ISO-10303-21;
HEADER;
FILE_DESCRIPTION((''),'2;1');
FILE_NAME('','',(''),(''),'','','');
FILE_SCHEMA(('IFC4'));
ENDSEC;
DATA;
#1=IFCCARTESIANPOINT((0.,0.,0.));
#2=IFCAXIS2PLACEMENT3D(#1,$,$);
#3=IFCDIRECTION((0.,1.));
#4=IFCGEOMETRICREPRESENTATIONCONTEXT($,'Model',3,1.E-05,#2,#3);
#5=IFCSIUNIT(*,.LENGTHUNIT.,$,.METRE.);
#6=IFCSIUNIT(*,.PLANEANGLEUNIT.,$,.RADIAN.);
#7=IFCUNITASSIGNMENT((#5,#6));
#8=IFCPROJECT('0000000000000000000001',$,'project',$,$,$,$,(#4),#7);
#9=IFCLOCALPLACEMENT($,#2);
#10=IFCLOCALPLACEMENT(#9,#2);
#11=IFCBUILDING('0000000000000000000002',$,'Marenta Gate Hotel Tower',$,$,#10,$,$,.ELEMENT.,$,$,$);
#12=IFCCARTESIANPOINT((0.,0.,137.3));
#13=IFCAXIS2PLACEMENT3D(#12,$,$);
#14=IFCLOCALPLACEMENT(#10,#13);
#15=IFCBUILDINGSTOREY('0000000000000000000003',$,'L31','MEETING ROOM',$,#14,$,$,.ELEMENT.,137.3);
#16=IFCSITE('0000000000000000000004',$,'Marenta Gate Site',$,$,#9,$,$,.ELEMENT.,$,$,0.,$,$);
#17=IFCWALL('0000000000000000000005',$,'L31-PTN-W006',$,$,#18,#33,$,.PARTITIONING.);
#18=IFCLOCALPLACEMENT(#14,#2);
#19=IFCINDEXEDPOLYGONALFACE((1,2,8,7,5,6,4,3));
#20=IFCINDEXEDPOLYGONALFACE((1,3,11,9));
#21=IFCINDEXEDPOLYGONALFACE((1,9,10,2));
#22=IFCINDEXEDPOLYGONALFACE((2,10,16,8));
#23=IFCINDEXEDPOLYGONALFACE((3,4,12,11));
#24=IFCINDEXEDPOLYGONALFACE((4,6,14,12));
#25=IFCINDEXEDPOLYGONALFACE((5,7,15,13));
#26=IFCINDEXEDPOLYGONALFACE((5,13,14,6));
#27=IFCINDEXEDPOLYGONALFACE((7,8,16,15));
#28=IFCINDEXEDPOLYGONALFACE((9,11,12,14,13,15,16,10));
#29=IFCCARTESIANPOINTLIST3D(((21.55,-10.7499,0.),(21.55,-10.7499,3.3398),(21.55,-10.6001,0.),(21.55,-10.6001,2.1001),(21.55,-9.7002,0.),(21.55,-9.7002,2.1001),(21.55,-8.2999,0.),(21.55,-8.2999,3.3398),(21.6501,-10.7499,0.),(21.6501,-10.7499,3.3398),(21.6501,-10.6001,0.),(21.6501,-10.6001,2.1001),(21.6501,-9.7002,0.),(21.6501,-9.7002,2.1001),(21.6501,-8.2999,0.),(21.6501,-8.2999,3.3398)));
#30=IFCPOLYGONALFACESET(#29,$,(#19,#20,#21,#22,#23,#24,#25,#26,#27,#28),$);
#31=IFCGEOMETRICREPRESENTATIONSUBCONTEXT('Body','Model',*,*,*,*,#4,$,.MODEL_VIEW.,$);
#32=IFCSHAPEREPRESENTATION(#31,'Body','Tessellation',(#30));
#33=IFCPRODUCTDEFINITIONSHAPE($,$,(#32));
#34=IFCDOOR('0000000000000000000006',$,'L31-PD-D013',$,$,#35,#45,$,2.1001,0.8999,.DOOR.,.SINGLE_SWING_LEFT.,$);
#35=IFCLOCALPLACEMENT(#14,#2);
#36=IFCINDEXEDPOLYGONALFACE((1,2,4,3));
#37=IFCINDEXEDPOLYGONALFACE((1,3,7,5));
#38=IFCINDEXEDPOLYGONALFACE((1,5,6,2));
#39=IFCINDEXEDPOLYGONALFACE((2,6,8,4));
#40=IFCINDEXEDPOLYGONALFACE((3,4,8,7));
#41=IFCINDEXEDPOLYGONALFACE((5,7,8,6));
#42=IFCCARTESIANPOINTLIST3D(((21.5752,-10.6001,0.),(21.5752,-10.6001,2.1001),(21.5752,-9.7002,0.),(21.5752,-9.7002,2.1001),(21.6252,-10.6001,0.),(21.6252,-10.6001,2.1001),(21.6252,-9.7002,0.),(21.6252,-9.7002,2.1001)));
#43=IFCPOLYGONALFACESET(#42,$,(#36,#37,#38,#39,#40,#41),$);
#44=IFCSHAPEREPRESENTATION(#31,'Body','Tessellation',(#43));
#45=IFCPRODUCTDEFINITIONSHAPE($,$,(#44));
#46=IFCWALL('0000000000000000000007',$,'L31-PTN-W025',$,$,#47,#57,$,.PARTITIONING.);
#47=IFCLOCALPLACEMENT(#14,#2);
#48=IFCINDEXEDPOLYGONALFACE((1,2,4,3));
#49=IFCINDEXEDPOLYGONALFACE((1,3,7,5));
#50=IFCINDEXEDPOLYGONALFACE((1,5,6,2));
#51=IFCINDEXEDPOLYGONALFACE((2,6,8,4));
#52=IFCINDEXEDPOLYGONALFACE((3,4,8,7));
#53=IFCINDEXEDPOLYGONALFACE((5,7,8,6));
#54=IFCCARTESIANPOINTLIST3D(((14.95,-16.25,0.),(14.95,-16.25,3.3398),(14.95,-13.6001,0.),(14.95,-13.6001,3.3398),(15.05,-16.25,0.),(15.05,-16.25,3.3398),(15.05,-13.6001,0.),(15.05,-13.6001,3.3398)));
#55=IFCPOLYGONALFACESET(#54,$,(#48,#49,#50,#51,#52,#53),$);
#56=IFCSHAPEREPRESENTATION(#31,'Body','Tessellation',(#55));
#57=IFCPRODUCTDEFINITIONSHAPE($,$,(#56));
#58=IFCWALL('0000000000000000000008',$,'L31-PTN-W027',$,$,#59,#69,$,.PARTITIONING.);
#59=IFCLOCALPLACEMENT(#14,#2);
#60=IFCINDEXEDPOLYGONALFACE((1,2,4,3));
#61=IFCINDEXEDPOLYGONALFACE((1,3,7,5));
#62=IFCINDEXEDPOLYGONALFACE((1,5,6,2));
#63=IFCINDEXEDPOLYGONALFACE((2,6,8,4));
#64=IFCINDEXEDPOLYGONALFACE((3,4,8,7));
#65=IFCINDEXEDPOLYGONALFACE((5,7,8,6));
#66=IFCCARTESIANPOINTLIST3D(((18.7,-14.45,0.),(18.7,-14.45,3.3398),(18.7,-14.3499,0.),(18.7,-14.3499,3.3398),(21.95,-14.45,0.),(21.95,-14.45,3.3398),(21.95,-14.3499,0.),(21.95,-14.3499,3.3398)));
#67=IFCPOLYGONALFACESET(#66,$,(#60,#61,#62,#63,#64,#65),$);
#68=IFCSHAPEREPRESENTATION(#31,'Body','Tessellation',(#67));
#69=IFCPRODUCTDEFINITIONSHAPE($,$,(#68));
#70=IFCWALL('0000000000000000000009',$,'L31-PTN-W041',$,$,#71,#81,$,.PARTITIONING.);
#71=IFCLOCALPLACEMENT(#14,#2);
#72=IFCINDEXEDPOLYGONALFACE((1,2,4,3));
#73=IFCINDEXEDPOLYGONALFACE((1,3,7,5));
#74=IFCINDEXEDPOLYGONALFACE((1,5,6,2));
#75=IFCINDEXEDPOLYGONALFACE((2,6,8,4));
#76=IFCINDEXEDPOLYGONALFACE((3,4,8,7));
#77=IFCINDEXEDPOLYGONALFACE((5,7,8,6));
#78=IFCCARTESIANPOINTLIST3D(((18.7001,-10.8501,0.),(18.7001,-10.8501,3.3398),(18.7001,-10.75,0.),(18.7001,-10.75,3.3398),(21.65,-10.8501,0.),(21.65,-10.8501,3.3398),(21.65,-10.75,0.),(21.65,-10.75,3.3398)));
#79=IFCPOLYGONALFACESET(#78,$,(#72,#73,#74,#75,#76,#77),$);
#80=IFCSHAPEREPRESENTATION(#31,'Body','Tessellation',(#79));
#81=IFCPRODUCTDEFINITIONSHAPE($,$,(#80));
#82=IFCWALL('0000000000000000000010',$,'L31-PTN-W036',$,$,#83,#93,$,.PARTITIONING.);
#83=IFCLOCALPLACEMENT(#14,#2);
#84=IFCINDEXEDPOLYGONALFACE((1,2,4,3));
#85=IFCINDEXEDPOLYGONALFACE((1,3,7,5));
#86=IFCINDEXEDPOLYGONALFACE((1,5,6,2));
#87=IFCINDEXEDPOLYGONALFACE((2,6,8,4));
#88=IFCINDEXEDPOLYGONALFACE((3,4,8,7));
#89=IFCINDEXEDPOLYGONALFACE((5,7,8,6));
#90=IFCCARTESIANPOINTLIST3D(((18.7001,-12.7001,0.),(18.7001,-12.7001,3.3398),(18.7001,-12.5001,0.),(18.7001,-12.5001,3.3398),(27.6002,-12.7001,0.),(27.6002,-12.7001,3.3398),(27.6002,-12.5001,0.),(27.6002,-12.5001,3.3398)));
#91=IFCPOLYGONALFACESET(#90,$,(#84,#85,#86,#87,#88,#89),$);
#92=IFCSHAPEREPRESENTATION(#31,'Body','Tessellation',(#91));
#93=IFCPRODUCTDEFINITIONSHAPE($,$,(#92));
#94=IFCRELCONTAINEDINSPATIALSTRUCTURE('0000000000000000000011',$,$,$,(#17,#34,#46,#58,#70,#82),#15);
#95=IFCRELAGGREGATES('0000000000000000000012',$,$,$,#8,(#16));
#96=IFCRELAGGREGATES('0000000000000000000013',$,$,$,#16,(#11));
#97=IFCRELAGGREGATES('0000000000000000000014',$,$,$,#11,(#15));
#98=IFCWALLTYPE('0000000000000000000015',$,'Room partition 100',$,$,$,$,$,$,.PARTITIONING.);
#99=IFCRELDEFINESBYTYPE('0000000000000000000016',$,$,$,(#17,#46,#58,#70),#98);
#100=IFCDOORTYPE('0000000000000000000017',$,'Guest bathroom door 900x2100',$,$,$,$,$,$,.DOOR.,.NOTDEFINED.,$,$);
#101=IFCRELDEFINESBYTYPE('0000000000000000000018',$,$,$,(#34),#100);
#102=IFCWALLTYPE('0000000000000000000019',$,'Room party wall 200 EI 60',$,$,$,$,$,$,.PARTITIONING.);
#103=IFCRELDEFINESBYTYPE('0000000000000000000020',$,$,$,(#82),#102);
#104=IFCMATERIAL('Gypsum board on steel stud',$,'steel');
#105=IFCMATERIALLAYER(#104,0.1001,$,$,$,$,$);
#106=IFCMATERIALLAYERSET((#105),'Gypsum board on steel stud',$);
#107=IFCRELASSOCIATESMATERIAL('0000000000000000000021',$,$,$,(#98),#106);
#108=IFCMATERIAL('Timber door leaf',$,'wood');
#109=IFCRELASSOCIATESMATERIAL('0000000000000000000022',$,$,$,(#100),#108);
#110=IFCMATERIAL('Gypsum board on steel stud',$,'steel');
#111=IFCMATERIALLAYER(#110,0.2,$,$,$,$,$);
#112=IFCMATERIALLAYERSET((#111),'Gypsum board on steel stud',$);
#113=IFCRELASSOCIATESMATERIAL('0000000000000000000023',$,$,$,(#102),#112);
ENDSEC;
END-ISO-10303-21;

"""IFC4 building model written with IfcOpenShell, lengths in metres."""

from ifc_helpers import new_model, si_unit, direction, frame, frame_2d, origin, place, context, subcontext, project, spatial, rectangle, extrude, material, layer, layer_set, type_object, element, fill, save


model = new_model("IFC4")

# Units and contexts
model_context = context("Model", 3, precision=1e-05, world=origin(), true_north=direction((0.0, 1.0)))
body_context = subcontext(model_context, "Body", "Model", "MODEL_VIEW")
ifc_project = project(units=[si_unit("LENGTHUNIT", "METRE"), si_unit("PLANEANGLEUNIT", "RADIAN")], contexts=[model_context])

# Site, building, storey
site_placement = place(None, origin())
site = spatial("IfcSite", under=ifc_project, at=site_placement, Name="Marenta Gate Site", CompositionType="ELEMENT", RefElevation=0.0)
building_placement = place(site_placement, origin())
building = spatial("IfcBuilding", under=site, at=building_placement, Name="Marenta Gate Hotel Tower", CompositionType="ELEMENT")
storey_placement = place(building_placement, frame((0.0, 0.0, 137.3)))
storey = spatial("IfcBuildingStorey", under=building, at=storey_placement, Name="L31", Description="MEETING ROOM", CompositionType="ELEMENT", Elevation=137.3)

# Wall, opening, door
ifc_material_1 = material(Name="Gypsum board on steel stud", Category="steel")
ifc_layer_1 = layer(ifc_material_1, 0.1001)
ifc_layer_set_1 = layer_set([ifc_layer_1], Name="Gypsum board on steel stud")
wall_type_1 = type_object("IfcWallType", Name="Room partition 100", PredefinedType="PARTITIONING", material=ifc_layer_set_1)
ifc_material_2 = material(Name="Timber door leaf", Category="wood")
door_type = type_object("IfcDoorType", Name="Guest bathroom door 900x2100", OperationType="NOTDEFINED", PredefinedType="DOOR", material=ifc_material_2)
wall_1_placement = place(storey_placement, frame((21.6001, -10.75, 0.0), z_axis=(0.0, 0.0, 1.0), x_axis=(0.0, 1.0, 0.0)))
wall_1 = element("IfcWall", 1, at=wall_1_placement, inside=storey, type_object=wall_type_1, Name="L31-PTN-W006", PredefinedType="PARTITIONING", context=body_context, shape_type="SweptSolid", body=[
    extrude(rectangle(XDim=2.45, YDim=0.1001, at=frame_2d((1.2251, 0.0))), origin(), (0.0, 0.0, 1.0), 3.3398),
])
opening_1_placement = place(wall_1_placement, frame((0.1499, 0.0, 0.0)))
opening_1 = element("IfcOpeningElement", 2, at=opening_1_placement, cuts=wall_1, PredefinedType="OPENING", context=body_context, shape_type="SweptSolid", body=[
    extrude(rectangle(XDim=0.8999, YDim=2.1001, at=frame_2d((0.45, 1.05))), frame((0.0, 0.05, 0.0), z_axis=(0.0, -1.0, 0.0), x_axis=(1.0, 0.0, 0.0)), (0.0, 0.0, 1.0), 0.1001),
])
door_1_placement = place(opening_1_placement, origin())
door_1 = element("IfcDoor", 3, at=door_1_placement, inside=storey, type_object=door_type, Name="L31-PD-D013", OperationType="SINGLE_SWING_LEFT", OverallHeight=2.1001, OverallWidth=0.8999, PredefinedType="DOOR", context=body_context, shape_type="SweptSolid", body=[
    extrude(rectangle(XDim=0.8999, YDim=2.1001, at=frame_2d((0.45, 1.05))), frame((0.0, 0.0249, 0.0), z_axis=(0.0, -1.0, 0.0), x_axis=(1.0, 0.0, 0.0)), (0.0, 0.0, 1.0), 0.05),
])
fill(opening_1, door_1)

# Walls
wall_2_placement = place(storey_placement, frame((15.0, -16.25, 0.0), z_axis=(0.0, 0.0, 1.0), x_axis=(0.0, 1.0, 0.0)))
element("IfcWall", 4, at=wall_2_placement, inside=storey, type_object=wall_type_1, Name="L31-PTN-W025", PredefinedType="PARTITIONING", context=body_context, shape_type="SweptSolid", body=[
    extrude(rectangle(XDim=2.6499, YDim=0.1001, at=frame_2d((1.325, 0.0))), origin(), (0.0, 0.0, 1.0), 3.3398),
])
wall_3_placement = place(storey_placement, frame((18.7, -14.3999, 0.0), z_axis=(0.0, 0.0, 1.0), x_axis=(1.0, 0.0, 0.0)))
element("IfcWall", 5, at=wall_3_placement, inside=storey, type_object=wall_type_1, Name="L31-PTN-W027", PredefinedType="PARTITIONING", context=body_context, shape_type="SweptSolid", body=[
    extrude(rectangle(XDim=3.25, YDim=0.1001, at=frame_2d((1.625, 0.0))), origin(), (0.0, 0.0, 1.0), 3.3398),
])
wall_4_placement = place(storey_placement, frame((18.7, -10.8, 0.0), z_axis=(0.0, 0.0, 1.0), x_axis=(1.0, 0.0, 0.0)))
element("IfcWall", 6, at=wall_4_placement, inside=storey, type_object=wall_type_1, Name="L31-PTN-W041", PredefinedType="PARTITIONING", context=body_context, shape_type="SweptSolid", body=[
    extrude(rectangle(XDim=2.95, YDim=0.1001, at=frame_2d((1.4751, 0.0))), origin(), (0.0, 0.0, 1.0), 3.3398),
])
ifc_material_3 = material(Name="Gypsum board on steel stud", Category="steel")
ifc_layer_2 = layer(ifc_material_3, 0.2)
ifc_layer_set_2 = layer_set([ifc_layer_2], Name="Gypsum board on steel stud")
wall_type_2 = type_object("IfcWallType", Name="Room party wall 200 EI 60", PredefinedType="PARTITIONING", material=ifc_layer_set_2)
wall_5_placement = place(storey_placement, frame((18.7, -12.6001, 0.0), z_axis=(0.0, 0.0, 1.0), x_axis=(1.0, 0.0, 0.0)))
element("IfcWall", 7, at=wall_5_placement, inside=storey, type_object=wall_type_2, Name="L31-PTN-W036", PredefinedType="PARTITIONING", context=body_context, shape_type="SweptSolid", body=[
    extrude(rectangle(XDim=8.9001, YDim=0.2, at=frame_2d((4.4502, 0.0))), origin(), (0.0, 0.0, 1.0), 3.3398),
])

save(model, "model.ifc")
